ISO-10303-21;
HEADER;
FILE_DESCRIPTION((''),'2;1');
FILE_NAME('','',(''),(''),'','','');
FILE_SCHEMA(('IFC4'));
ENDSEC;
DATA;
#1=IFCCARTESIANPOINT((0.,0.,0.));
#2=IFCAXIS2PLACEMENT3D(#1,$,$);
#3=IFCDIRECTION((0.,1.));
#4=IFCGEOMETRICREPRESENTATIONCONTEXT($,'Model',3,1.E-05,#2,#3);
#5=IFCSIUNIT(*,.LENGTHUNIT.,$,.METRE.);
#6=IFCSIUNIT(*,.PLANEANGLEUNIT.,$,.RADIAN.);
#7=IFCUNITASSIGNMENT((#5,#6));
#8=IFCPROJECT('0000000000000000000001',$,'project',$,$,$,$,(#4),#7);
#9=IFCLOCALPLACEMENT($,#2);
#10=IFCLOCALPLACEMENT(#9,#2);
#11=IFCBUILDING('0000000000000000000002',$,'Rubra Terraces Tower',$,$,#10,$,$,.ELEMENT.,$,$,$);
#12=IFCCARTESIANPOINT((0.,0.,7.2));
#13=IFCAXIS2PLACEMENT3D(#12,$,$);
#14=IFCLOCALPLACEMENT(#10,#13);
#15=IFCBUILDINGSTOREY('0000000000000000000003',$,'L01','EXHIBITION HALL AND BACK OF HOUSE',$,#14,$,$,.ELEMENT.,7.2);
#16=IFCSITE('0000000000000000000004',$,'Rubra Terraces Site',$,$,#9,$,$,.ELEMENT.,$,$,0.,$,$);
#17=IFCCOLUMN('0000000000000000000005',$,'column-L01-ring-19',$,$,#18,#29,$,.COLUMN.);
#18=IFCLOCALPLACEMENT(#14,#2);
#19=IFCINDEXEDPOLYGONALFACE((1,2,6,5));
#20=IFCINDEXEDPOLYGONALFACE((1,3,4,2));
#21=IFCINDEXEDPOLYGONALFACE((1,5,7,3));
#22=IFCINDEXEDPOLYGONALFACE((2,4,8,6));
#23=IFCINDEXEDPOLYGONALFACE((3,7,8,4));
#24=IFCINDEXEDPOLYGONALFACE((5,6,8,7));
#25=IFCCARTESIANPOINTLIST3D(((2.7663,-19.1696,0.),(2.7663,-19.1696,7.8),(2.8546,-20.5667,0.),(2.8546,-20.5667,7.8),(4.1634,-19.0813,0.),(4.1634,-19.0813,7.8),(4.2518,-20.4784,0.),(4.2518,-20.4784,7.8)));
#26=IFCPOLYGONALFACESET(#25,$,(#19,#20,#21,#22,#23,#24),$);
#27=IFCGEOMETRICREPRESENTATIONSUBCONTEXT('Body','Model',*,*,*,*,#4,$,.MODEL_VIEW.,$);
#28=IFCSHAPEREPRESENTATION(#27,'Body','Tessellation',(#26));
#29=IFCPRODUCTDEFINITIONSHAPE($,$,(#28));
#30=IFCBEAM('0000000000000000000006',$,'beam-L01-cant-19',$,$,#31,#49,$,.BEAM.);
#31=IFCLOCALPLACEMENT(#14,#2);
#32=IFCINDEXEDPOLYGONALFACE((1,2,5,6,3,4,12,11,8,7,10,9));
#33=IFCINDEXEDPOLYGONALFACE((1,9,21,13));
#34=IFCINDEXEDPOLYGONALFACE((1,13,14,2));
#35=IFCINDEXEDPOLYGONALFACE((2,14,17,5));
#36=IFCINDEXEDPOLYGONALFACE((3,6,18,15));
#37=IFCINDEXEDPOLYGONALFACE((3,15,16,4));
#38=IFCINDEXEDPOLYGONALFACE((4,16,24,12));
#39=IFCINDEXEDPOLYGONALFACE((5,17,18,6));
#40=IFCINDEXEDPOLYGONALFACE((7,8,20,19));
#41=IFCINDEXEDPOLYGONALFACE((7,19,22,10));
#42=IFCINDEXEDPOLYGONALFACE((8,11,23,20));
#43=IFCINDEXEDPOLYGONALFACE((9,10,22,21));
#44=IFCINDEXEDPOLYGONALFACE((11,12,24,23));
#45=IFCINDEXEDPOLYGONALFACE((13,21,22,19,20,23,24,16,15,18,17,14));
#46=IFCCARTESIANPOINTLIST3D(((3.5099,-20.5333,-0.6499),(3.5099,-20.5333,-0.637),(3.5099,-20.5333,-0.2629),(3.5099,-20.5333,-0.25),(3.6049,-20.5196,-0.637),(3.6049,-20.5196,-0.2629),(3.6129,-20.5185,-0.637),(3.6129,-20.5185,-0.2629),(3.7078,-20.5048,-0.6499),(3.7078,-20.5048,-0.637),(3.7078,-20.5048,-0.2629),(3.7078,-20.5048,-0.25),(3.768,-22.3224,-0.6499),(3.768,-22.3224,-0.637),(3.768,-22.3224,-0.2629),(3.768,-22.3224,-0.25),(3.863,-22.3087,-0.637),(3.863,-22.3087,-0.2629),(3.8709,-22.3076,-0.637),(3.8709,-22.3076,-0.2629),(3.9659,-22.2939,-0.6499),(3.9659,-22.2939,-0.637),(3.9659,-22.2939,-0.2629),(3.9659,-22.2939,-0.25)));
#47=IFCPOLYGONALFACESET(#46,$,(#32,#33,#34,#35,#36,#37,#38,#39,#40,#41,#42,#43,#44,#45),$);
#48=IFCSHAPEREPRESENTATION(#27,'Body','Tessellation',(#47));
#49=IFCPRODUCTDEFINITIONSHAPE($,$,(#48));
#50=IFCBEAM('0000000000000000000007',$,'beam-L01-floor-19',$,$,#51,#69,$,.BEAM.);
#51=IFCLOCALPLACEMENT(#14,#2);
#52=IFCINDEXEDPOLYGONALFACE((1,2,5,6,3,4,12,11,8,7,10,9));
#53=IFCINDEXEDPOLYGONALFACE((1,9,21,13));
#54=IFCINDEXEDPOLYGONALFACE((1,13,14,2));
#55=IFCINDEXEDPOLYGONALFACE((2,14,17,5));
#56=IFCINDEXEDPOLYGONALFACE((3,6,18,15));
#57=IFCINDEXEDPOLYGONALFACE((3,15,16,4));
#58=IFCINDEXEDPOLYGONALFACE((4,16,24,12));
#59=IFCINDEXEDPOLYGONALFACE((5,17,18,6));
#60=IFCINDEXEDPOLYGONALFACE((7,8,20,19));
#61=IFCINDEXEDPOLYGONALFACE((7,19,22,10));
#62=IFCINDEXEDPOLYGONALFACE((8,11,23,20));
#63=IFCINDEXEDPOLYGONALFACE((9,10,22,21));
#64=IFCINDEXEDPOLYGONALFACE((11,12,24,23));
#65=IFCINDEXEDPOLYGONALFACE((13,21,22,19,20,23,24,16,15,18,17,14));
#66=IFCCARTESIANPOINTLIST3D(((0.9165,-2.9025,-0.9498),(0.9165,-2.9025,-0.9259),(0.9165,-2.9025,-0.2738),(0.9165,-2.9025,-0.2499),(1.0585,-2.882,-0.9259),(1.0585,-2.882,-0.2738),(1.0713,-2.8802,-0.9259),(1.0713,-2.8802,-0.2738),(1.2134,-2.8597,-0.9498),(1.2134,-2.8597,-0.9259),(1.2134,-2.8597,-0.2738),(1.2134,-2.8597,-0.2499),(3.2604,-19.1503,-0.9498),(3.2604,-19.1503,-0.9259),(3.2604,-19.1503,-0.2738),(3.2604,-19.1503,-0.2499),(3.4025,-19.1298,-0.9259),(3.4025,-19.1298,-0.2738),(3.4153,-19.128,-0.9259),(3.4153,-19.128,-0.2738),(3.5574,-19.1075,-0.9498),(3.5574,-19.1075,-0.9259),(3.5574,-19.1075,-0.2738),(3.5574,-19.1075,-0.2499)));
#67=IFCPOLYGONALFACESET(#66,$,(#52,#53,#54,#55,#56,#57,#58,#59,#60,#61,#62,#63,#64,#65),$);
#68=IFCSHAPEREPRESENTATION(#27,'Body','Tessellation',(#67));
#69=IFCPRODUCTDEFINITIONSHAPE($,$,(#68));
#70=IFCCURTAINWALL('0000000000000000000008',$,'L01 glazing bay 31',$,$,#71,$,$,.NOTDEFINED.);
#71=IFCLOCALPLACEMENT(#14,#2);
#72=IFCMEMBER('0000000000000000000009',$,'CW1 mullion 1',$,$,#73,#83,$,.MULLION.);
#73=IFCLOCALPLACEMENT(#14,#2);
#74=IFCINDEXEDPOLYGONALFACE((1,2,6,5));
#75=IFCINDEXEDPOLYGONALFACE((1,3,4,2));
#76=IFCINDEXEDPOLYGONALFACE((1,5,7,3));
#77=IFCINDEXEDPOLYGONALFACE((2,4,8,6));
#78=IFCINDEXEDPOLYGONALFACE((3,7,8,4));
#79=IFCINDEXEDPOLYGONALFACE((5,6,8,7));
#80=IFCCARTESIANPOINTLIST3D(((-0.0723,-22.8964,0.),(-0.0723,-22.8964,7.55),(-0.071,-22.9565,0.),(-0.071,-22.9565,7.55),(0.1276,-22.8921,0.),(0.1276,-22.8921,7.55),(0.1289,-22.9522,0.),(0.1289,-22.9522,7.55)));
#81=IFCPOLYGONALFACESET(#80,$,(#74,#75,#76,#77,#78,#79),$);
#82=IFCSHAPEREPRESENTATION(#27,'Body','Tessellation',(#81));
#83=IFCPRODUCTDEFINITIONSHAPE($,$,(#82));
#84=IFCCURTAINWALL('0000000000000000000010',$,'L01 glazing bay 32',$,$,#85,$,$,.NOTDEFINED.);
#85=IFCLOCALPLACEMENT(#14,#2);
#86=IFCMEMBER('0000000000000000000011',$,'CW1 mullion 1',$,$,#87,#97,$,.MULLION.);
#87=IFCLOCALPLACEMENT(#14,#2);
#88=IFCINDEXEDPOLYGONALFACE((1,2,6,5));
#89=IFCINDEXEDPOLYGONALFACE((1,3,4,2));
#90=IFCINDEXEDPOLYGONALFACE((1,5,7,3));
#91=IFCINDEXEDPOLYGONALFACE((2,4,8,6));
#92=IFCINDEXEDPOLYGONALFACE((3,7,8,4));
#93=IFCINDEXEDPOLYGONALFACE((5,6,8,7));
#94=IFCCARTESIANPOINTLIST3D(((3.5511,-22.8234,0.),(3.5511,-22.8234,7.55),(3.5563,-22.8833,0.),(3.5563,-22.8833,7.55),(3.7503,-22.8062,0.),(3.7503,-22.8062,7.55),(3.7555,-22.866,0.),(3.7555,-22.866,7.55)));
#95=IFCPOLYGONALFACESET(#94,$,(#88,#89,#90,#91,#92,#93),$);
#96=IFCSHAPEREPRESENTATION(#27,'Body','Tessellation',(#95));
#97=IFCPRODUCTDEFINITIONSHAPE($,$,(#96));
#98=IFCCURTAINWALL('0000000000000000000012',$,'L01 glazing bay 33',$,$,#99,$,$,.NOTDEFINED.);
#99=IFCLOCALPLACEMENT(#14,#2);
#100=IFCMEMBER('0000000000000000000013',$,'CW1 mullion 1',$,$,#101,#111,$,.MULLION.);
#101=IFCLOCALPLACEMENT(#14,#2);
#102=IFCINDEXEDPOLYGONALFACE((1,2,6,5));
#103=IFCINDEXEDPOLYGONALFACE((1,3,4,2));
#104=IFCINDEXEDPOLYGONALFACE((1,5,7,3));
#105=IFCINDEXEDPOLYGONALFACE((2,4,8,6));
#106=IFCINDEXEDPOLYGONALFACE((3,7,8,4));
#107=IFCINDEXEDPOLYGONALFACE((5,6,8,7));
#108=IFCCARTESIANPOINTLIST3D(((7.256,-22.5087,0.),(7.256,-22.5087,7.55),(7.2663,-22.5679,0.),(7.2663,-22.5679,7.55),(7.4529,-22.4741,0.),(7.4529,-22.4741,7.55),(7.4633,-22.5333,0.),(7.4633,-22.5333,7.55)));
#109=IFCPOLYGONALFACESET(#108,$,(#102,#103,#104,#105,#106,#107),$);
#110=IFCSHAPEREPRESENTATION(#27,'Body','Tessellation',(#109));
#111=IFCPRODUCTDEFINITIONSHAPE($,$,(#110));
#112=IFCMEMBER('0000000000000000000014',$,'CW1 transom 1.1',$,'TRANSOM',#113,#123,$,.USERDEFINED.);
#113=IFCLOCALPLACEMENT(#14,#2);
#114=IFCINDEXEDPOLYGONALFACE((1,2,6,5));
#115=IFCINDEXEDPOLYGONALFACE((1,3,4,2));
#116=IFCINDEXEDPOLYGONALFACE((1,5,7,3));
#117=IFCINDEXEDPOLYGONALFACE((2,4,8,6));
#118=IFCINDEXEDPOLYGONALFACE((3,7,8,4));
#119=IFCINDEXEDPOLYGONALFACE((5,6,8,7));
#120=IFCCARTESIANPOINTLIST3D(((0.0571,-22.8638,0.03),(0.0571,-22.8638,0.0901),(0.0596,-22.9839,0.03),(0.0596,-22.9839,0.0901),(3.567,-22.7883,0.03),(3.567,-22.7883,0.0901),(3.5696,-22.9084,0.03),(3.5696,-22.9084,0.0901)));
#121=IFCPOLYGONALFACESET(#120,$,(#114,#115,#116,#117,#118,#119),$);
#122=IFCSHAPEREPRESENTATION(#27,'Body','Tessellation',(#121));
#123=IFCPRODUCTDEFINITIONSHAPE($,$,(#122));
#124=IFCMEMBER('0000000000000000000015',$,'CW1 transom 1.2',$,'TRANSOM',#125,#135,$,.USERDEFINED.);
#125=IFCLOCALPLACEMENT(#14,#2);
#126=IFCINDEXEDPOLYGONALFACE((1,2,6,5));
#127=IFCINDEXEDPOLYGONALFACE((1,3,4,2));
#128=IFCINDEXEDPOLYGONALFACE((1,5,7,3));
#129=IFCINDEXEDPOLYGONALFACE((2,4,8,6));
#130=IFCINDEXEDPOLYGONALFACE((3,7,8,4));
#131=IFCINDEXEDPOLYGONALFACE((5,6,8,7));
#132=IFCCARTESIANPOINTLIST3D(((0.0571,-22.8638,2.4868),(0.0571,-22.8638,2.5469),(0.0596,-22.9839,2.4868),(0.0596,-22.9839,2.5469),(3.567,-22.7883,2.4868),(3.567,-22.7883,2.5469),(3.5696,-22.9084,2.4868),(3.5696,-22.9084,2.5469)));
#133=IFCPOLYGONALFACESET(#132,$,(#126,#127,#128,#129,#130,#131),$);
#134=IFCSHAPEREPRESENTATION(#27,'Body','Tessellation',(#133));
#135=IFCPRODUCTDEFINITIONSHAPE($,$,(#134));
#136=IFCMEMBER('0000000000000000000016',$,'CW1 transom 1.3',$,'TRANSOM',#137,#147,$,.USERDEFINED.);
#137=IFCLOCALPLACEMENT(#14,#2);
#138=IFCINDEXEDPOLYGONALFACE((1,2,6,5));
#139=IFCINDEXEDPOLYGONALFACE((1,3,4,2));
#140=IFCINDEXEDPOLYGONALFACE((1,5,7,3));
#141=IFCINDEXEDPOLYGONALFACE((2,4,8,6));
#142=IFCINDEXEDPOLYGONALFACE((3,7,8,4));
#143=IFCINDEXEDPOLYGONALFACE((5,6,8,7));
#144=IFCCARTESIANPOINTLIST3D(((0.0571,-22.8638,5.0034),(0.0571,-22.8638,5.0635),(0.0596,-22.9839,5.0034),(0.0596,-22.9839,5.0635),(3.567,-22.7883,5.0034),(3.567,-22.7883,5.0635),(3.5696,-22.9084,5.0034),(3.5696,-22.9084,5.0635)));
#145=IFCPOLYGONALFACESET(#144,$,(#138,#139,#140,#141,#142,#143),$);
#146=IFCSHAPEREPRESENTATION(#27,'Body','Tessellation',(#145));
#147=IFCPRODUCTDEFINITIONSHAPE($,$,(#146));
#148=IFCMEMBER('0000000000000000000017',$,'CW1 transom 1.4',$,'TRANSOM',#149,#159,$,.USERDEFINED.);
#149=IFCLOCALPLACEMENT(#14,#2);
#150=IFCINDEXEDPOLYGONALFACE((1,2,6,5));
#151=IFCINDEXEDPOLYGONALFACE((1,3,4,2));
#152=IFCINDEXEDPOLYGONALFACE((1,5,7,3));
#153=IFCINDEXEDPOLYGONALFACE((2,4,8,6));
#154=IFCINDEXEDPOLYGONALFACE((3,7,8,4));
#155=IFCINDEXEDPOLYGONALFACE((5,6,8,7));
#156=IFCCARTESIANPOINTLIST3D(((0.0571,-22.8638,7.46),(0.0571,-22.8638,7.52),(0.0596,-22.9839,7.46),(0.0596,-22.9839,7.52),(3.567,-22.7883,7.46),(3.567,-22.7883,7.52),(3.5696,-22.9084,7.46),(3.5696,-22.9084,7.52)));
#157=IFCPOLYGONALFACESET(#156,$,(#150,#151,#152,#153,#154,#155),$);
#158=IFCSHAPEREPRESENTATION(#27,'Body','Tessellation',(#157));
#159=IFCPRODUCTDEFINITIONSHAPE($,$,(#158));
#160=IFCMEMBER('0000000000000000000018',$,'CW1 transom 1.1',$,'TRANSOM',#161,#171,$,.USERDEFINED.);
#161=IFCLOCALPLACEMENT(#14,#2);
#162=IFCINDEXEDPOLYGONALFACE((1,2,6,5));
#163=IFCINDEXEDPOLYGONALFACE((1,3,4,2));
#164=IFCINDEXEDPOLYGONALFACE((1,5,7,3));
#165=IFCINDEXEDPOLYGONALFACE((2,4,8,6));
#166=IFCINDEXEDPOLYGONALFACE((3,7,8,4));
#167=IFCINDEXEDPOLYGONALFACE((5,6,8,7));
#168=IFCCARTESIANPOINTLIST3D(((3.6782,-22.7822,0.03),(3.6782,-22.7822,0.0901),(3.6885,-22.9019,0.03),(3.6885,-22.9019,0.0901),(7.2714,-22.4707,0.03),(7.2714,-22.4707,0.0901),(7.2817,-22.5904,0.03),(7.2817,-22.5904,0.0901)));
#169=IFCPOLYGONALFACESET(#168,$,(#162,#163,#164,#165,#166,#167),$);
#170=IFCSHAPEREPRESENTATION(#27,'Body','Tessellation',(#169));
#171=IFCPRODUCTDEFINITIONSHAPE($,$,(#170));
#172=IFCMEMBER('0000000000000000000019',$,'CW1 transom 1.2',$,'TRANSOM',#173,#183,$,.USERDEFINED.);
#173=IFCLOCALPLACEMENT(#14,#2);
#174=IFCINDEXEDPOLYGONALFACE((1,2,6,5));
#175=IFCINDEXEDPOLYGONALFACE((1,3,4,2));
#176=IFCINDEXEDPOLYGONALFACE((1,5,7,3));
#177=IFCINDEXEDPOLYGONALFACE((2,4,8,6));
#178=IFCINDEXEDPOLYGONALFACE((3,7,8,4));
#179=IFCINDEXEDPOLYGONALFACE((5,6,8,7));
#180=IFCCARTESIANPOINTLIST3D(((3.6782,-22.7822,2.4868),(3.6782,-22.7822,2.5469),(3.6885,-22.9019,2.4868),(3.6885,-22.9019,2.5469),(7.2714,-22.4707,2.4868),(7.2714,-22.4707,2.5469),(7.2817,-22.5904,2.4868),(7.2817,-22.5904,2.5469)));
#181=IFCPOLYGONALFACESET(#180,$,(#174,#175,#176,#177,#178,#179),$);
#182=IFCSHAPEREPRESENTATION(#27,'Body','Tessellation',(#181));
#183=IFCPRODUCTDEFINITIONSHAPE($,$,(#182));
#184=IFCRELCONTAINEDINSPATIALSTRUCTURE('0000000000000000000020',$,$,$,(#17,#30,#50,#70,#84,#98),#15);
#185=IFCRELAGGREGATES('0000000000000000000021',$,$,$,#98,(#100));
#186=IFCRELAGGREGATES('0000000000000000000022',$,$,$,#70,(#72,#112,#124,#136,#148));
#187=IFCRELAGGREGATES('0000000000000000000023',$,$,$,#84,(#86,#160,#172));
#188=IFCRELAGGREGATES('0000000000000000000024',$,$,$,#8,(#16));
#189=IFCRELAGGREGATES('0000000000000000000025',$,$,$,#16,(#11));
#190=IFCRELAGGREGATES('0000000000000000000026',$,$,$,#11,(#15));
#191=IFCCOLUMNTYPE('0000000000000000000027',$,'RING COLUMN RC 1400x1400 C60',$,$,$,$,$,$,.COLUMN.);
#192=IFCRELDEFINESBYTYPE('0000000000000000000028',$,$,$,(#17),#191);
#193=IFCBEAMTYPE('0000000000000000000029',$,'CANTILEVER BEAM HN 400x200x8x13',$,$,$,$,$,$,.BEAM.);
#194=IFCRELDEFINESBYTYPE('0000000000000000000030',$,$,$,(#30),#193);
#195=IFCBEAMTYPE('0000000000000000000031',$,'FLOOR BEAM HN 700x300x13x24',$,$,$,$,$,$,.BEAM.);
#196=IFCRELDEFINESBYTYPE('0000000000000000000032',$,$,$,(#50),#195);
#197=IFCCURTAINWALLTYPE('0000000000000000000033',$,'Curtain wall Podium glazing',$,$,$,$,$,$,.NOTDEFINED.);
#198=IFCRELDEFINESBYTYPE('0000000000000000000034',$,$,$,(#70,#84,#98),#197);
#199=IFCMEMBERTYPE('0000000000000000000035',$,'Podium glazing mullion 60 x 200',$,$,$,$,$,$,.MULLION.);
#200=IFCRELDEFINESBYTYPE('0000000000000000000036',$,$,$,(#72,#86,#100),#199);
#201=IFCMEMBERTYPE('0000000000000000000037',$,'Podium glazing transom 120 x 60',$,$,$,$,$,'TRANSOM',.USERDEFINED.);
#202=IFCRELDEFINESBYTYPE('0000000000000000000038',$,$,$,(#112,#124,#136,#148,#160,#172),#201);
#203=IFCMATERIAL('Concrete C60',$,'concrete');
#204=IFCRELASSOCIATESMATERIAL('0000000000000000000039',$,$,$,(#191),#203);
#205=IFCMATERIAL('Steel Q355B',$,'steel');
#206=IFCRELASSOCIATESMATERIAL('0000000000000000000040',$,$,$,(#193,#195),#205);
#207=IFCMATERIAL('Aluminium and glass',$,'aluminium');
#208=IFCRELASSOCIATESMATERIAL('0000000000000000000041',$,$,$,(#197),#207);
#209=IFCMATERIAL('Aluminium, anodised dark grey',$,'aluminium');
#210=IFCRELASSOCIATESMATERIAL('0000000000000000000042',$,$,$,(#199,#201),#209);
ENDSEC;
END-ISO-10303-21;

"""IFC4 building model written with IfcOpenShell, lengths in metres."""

from ifc_helpers import new_model, si_unit, direction, frame, origin, origin_2d, place, context, subcontext, project, spatial, rectangle, i_section, extrude, material, material_profile, profile_set, type_object, element, aggregate, save


model = new_model("IFC4")

# Units and contexts
model_context = context("Model", 3, precision=1e-05, world=origin(), true_north=direction((0.0, 1.0)))
body_context = subcontext(model_context, "Body", "Model", "MODEL_VIEW")
ifc_project = project(units=[si_unit("LENGTHUNIT", "METRE"), si_unit("PLANEANGLEUNIT", "RADIAN")], contexts=[model_context])

# Site, building, storey
site_placement = place(None, origin())
site = spatial("IfcSite", under=ifc_project, at=site_placement, Name="Rubra Terraces Site", CompositionType="ELEMENT", RefElevation=0.0)
building_placement = place(site_placement, origin())
building = spatial("IfcBuilding", under=site, at=building_placement, Name="Rubra Terraces Tower", CompositionType="ELEMENT")
storey_placement = place(building_placement, frame((0.0, 0.0, 7.2)))
storey = spatial("IfcBuildingStorey", under=building, at=storey_placement, Name="L01", Description="EXHIBITION HALL AND BACK OF HOUSE", CompositionType="ELEMENT", Elevation=7.2)

# Column
ifc_material_1 = material(Name="Concrete C60", Category="concrete")
ifc_material_profile_1 = material_profile(ifc_material_1, rectangle(XDim=1.3999, YDim=1.3999, at=origin_2d()), Name="RC 1400x1400")
ifc_profile_set_1 = profile_set([ifc_material_profile_1], Name="Concrete C60")
column_type = type_object("IfcColumnType", Name="RING COLUMN RC 1400x1400 C60", PredefinedType="COLUMN", material=ifc_profile_set_1)
column_placement = place(storey_placement, frame((3.509, -19.824, 0.0), z_axis=(0.0, 0.0, 1.0), x_axis=(0.998008, 0.063094, 0.0)))
element("IfcColumn", 1, at=column_placement, inside=storey, type_object=column_type, Name="column-L01-ring-19", PredefinedType="COLUMN", context=body_context, shape_type="SweptSolid", body=[
    extrude(rectangle(XDim=1.3999, YDim=1.3999, at=origin_2d()), origin(), (0.0, 0.0, 1.0), 7.8),
])

# Beams
ifc_material_2 = material(Name="Steel Q355B", Category="steel")
ifc_material_profile_2 = material_profile(ifc_material_2, i_section(OverallWidth=0.2, OverallDepth=0.3999, WebThickness=0.0081, FlangeThickness=0.0129, at=origin_2d()), Name="HN 400x200x8x13")
ifc_profile_set_2 = profile_set([ifc_material_profile_2], Name="Steel Q355B")
beam_type_1 = type_object("IfcBeamType", Name="CANTILEVER BEAM HN 400x200x8x13", PredefinedType="BEAM", material=ifc_profile_set_2)
beam_1_placement = place(storey_placement, frame((3.6089, -20.519, -0.45), z_axis=(0.142764, -0.989757, 0.0), x_axis=(0.989757, 0.142764, 0.0)))
element("IfcBeam", 2, at=beam_1_placement, inside=storey, type_object=beam_type_1, Name="beam-L01-cant-19", PredefinedType="BEAM", context=body_context, shape_type="SweptSolid", body=[
    extrude(i_section(OverallWidth=0.2, OverallDepth=0.3999, WebThickness=0.0081, FlangeThickness=0.0129, at=origin_2d()), origin(), (0.0, 0.0, 1.0), 1.8076),
])
ifc_material_profile_3 = material_profile(ifc_material_2, i_section(OverallWidth=0.3, OverallDepth=0.7, WebThickness=0.0129, FlangeThickness=0.0239, at=origin_2d()), Name="HN 700x300x13x24")
ifc_profile_set_3 = profile_set([ifc_material_profile_3], Name="Steel Q355B")
beam_type_2 = type_object("IfcBeamType", Name="FLOOR BEAM HN 700x300x13x24", PredefinedType="BEAM", material=ifc_profile_set_3)
beam_2_placement = place(storey_placement, frame((3.4089, -19.1289, -0.5999), z_axis=(-0.142787, 0.989753, 0.0), x_axis=(-0.989753, -0.142787, 0.0)))
element("IfcBeam", 3, at=beam_2_placement, inside=storey, type_object=beam_type_2, Name="beam-L01-floor-19", PredefinedType="BEAM", context=body_context, shape_type="SweptSolid", body=[
    extrude(i_section(OverallWidth=0.3, OverallDepth=0.7, WebThickness=0.0129, FlangeThickness=0.0239, at=origin_2d()), origin(), (0.0, 0.0, 1.0), 16.416),
])

# Curtain walls, members
ifc_material_3 = material(Name="Aluminium and glass", Category="aluminium")
curtain_wall_type = type_object("IfcCurtainWallType", Name="Curtain wall Podium glazing", PredefinedType="NOTDEFINED", material=ifc_material_3)
curtain_wall_1_placement = place(storey_placement, origin())
curtain_wall_1 = element("IfcCurtainWall", 4, at=curtain_wall_1_placement, inside=storey, type_object=curtain_wall_type, Name="L01 glazing bay 31", PredefinedType="NOTDEFINED")
ifc_material_4 = material(Name="Aluminium, anodised dark grey", Category="aluminium")
ifc_material_profile_4 = material_profile(ifc_material_4, rectangle(XDim=0.0601, YDim=0.2, at=origin_2d()), Name="AL 60x200")
ifc_profile_set_4 = profile_set([ifc_material_profile_4], Name="Aluminium, anodised dark grey")
member_type_1 = type_object("IfcMemberType", Name="Podium glazing mullion 60 x 200", PredefinedType="MULLION", material=ifc_profile_set_4)
member_1_placement = place(storey_placement, frame((0.0283, -22.9243, 0.0), z_axis=(0.0, 0.0, 1.0), x_axis=(-0.021483, 0.999769, 0.0)))
member_1 = element("IfcMember", 5, at=member_1_placement, type_object=member_type_1, Name="CW1 mullion 1", PredefinedType="MULLION", context=body_context, shape_type="SweptSolid", body=[
    extrude(rectangle(XDim=0.0601, YDim=0.2, at=origin_2d()), origin(), (0.0, 0.0, 1.0), 7.55),
])
curtain_wall_2_placement = place(storey_placement, origin())
curtain_wall_2 = element("IfcCurtainWall", 6, at=curtain_wall_2_placement, inside=storey, type_object=curtain_wall_type, Name="L01 glazing bay 32", PredefinedType="NOTDEFINED")
member_2_placement = place(storey_placement, frame((3.6533, -22.8447, 0.0), z_axis=(0.0, 0.0, 1.0), x_axis=(-0.086398, 0.996261, 0.0)))
member_2 = element("IfcMember", 7, at=member_2_placement, type_object=member_type_1, Name="CW1 mullion 1", PredefinedType="MULLION", context=body_context, shape_type="SweptSolid", body=[
    extrude(rectangle(XDim=0.0601, YDim=0.2, at=origin_2d()), origin(), (0.0, 0.0, 1.0), 7.55),
])
curtain_wall_3_placement = place(storey_placement, origin())
curtain_wall_3 = element("IfcCurtainWall", 8, at=curtain_wall_3_placement, inside=storey, type_object=curtain_wall_type, Name="L01 glazing bay 33", PredefinedType="NOTDEFINED")
member_3_placement = place(storey_placement, frame((7.3596, -22.521, 0.0), z_axis=(0.0, 0.0, 1.0), x_axis=(-0.172817, 0.984954, 0.0)))
member_3 = element("IfcMember", 9, at=member_3_placement, type_object=member_type_1, Name="CW1 mullion 1", PredefinedType="MULLION", context=body_context, shape_type="SweptSolid", body=[
    extrude(rectangle(XDim=0.0601, YDim=0.2, at=origin_2d()), origin(), (0.0, 0.0, 1.0), 7.55),
])

# Members
ifc_material_profile_5 = material_profile(ifc_material_4, rectangle(XDim=0.1201, YDim=0.0601, at=origin_2d()), Name="AL 120x60")
ifc_profile_set_5 = profile_set([ifc_material_profile_5], Name="Aluminium, anodised dark grey")
member_type_2 = type_object("IfcMemberType", Name="Podium glazing transom 120 x 60", ElementType="TRANSOM", PredefinedType="USERDEFINED", material=ifc_profile_set_5)
member_4_placement = place(storey_placement, frame((0.0583, -22.9238, 0.0601), z_axis=(0.999769, 0.021488, 0.0), x_axis=(-0.021488, 0.999769, 0.0)))
member_4 = element("IfcMember", 10, at=member_4_placement, type_object=member_type_2, Name="CW1 transom 1.1", ObjectType="TRANSOM", PredefinedType="USERDEFINED", context=body_context, shape_type="SweptSolid", body=[
    extrude(rectangle(XDim=0.1201, YDim=0.0601, at=origin_2d()), origin(), (0.0, 0.0, 1.0), 3.5107),
])
member_5_placement = place(storey_placement, frame((0.0583, -22.9238, 2.5168), z_axis=(0.999769, 0.021488, 0.0), x_axis=(-0.021488, 0.999769, 0.0)))
member_5 = element("IfcMember", 11, at=member_5_placement, type_object=member_type_2, Name="CW1 transom 1.2", ObjectType="TRANSOM", PredefinedType="USERDEFINED", context=body_context, shape_type="SweptSolid", body=[
    extrude(rectangle(XDim=0.1201, YDim=0.0601, at=origin_2d()), origin(), (0.0, 0.0, 1.0), 3.5107),
])
member_6_placement = place(storey_placement, frame((0.0583, -22.9238, 5.0334), z_axis=(0.999769, 0.021488, 0.0), x_axis=(-0.021488, 0.999769, 0.0)))
member_6 = element("IfcMember", 12, at=member_6_placement, type_object=member_type_2, Name="CW1 transom 1.3", ObjectType="TRANSOM", PredefinedType="USERDEFINED", context=body_context, shape_type="SweptSolid", body=[
    extrude(rectangle(XDim=0.1201, YDim=0.0601, at=origin_2d()), origin(), (0.0, 0.0, 1.0), 3.5107),
])
member_7_placement = place(storey_placement, frame((0.0583, -22.9238, 7.49), z_axis=(0.999769, 0.021488, 0.0), x_axis=(-0.021488, 0.999769, 0.0)))
member_7 = element("IfcMember", 13, at=member_7_placement, type_object=member_type_2, Name="CW1 transom 1.4", ObjectType="TRANSOM", PredefinedType="USERDEFINED", context=body_context, shape_type="SweptSolid", body=[
    extrude(rectangle(XDim=0.1201, YDim=0.0601, at=origin_2d()), origin(), (0.0, 0.0, 1.0), 3.5107),
])
member_8_placement = place(storey_placement, frame((3.6833, -22.842, 0.0601), z_axis=(0.996263, 0.086373, 0.0), x_axis=(-0.086373, 0.996263, 0.0)))
member_8 = element("IfcMember", 14, at=member_8_placement, type_object=member_type_2, Name="CW1 transom 1.1", ObjectType="TRANSOM", PredefinedType="USERDEFINED", context=body_context, shape_type="SweptSolid", body=[
    extrude(rectangle(XDim=0.1201, YDim=0.0601, at=origin_2d()), origin(), (0.0, 0.0, 1.0), 3.6067),
])
member_9_placement = place(storey_placement, frame((3.6833, -22.842, 2.5168), z_axis=(0.996263, 0.086373, 0.0), x_axis=(-0.086373, 0.996263, 0.0)))
member_9 = element("IfcMember", 15, at=member_9_placement, type_object=member_type_2, Name="CW1 transom 1.2", ObjectType="TRANSOM", PredefinedType="USERDEFINED", context=body_context, shape_type="SweptSolid", body=[
    extrude(rectangle(XDim=0.1201, YDim=0.0601, at=origin_2d()), origin(), (0.0, 0.0, 1.0), 3.6067),
])
aggregate(curtain_wall_3, [member_3])

aggregate(curtain_wall_1, [member_1, member_4, member_5, member_6, member_7])
aggregate(curtain_wall_2, [member_2, member_8, member_9])

save(model, "model.ifc")
